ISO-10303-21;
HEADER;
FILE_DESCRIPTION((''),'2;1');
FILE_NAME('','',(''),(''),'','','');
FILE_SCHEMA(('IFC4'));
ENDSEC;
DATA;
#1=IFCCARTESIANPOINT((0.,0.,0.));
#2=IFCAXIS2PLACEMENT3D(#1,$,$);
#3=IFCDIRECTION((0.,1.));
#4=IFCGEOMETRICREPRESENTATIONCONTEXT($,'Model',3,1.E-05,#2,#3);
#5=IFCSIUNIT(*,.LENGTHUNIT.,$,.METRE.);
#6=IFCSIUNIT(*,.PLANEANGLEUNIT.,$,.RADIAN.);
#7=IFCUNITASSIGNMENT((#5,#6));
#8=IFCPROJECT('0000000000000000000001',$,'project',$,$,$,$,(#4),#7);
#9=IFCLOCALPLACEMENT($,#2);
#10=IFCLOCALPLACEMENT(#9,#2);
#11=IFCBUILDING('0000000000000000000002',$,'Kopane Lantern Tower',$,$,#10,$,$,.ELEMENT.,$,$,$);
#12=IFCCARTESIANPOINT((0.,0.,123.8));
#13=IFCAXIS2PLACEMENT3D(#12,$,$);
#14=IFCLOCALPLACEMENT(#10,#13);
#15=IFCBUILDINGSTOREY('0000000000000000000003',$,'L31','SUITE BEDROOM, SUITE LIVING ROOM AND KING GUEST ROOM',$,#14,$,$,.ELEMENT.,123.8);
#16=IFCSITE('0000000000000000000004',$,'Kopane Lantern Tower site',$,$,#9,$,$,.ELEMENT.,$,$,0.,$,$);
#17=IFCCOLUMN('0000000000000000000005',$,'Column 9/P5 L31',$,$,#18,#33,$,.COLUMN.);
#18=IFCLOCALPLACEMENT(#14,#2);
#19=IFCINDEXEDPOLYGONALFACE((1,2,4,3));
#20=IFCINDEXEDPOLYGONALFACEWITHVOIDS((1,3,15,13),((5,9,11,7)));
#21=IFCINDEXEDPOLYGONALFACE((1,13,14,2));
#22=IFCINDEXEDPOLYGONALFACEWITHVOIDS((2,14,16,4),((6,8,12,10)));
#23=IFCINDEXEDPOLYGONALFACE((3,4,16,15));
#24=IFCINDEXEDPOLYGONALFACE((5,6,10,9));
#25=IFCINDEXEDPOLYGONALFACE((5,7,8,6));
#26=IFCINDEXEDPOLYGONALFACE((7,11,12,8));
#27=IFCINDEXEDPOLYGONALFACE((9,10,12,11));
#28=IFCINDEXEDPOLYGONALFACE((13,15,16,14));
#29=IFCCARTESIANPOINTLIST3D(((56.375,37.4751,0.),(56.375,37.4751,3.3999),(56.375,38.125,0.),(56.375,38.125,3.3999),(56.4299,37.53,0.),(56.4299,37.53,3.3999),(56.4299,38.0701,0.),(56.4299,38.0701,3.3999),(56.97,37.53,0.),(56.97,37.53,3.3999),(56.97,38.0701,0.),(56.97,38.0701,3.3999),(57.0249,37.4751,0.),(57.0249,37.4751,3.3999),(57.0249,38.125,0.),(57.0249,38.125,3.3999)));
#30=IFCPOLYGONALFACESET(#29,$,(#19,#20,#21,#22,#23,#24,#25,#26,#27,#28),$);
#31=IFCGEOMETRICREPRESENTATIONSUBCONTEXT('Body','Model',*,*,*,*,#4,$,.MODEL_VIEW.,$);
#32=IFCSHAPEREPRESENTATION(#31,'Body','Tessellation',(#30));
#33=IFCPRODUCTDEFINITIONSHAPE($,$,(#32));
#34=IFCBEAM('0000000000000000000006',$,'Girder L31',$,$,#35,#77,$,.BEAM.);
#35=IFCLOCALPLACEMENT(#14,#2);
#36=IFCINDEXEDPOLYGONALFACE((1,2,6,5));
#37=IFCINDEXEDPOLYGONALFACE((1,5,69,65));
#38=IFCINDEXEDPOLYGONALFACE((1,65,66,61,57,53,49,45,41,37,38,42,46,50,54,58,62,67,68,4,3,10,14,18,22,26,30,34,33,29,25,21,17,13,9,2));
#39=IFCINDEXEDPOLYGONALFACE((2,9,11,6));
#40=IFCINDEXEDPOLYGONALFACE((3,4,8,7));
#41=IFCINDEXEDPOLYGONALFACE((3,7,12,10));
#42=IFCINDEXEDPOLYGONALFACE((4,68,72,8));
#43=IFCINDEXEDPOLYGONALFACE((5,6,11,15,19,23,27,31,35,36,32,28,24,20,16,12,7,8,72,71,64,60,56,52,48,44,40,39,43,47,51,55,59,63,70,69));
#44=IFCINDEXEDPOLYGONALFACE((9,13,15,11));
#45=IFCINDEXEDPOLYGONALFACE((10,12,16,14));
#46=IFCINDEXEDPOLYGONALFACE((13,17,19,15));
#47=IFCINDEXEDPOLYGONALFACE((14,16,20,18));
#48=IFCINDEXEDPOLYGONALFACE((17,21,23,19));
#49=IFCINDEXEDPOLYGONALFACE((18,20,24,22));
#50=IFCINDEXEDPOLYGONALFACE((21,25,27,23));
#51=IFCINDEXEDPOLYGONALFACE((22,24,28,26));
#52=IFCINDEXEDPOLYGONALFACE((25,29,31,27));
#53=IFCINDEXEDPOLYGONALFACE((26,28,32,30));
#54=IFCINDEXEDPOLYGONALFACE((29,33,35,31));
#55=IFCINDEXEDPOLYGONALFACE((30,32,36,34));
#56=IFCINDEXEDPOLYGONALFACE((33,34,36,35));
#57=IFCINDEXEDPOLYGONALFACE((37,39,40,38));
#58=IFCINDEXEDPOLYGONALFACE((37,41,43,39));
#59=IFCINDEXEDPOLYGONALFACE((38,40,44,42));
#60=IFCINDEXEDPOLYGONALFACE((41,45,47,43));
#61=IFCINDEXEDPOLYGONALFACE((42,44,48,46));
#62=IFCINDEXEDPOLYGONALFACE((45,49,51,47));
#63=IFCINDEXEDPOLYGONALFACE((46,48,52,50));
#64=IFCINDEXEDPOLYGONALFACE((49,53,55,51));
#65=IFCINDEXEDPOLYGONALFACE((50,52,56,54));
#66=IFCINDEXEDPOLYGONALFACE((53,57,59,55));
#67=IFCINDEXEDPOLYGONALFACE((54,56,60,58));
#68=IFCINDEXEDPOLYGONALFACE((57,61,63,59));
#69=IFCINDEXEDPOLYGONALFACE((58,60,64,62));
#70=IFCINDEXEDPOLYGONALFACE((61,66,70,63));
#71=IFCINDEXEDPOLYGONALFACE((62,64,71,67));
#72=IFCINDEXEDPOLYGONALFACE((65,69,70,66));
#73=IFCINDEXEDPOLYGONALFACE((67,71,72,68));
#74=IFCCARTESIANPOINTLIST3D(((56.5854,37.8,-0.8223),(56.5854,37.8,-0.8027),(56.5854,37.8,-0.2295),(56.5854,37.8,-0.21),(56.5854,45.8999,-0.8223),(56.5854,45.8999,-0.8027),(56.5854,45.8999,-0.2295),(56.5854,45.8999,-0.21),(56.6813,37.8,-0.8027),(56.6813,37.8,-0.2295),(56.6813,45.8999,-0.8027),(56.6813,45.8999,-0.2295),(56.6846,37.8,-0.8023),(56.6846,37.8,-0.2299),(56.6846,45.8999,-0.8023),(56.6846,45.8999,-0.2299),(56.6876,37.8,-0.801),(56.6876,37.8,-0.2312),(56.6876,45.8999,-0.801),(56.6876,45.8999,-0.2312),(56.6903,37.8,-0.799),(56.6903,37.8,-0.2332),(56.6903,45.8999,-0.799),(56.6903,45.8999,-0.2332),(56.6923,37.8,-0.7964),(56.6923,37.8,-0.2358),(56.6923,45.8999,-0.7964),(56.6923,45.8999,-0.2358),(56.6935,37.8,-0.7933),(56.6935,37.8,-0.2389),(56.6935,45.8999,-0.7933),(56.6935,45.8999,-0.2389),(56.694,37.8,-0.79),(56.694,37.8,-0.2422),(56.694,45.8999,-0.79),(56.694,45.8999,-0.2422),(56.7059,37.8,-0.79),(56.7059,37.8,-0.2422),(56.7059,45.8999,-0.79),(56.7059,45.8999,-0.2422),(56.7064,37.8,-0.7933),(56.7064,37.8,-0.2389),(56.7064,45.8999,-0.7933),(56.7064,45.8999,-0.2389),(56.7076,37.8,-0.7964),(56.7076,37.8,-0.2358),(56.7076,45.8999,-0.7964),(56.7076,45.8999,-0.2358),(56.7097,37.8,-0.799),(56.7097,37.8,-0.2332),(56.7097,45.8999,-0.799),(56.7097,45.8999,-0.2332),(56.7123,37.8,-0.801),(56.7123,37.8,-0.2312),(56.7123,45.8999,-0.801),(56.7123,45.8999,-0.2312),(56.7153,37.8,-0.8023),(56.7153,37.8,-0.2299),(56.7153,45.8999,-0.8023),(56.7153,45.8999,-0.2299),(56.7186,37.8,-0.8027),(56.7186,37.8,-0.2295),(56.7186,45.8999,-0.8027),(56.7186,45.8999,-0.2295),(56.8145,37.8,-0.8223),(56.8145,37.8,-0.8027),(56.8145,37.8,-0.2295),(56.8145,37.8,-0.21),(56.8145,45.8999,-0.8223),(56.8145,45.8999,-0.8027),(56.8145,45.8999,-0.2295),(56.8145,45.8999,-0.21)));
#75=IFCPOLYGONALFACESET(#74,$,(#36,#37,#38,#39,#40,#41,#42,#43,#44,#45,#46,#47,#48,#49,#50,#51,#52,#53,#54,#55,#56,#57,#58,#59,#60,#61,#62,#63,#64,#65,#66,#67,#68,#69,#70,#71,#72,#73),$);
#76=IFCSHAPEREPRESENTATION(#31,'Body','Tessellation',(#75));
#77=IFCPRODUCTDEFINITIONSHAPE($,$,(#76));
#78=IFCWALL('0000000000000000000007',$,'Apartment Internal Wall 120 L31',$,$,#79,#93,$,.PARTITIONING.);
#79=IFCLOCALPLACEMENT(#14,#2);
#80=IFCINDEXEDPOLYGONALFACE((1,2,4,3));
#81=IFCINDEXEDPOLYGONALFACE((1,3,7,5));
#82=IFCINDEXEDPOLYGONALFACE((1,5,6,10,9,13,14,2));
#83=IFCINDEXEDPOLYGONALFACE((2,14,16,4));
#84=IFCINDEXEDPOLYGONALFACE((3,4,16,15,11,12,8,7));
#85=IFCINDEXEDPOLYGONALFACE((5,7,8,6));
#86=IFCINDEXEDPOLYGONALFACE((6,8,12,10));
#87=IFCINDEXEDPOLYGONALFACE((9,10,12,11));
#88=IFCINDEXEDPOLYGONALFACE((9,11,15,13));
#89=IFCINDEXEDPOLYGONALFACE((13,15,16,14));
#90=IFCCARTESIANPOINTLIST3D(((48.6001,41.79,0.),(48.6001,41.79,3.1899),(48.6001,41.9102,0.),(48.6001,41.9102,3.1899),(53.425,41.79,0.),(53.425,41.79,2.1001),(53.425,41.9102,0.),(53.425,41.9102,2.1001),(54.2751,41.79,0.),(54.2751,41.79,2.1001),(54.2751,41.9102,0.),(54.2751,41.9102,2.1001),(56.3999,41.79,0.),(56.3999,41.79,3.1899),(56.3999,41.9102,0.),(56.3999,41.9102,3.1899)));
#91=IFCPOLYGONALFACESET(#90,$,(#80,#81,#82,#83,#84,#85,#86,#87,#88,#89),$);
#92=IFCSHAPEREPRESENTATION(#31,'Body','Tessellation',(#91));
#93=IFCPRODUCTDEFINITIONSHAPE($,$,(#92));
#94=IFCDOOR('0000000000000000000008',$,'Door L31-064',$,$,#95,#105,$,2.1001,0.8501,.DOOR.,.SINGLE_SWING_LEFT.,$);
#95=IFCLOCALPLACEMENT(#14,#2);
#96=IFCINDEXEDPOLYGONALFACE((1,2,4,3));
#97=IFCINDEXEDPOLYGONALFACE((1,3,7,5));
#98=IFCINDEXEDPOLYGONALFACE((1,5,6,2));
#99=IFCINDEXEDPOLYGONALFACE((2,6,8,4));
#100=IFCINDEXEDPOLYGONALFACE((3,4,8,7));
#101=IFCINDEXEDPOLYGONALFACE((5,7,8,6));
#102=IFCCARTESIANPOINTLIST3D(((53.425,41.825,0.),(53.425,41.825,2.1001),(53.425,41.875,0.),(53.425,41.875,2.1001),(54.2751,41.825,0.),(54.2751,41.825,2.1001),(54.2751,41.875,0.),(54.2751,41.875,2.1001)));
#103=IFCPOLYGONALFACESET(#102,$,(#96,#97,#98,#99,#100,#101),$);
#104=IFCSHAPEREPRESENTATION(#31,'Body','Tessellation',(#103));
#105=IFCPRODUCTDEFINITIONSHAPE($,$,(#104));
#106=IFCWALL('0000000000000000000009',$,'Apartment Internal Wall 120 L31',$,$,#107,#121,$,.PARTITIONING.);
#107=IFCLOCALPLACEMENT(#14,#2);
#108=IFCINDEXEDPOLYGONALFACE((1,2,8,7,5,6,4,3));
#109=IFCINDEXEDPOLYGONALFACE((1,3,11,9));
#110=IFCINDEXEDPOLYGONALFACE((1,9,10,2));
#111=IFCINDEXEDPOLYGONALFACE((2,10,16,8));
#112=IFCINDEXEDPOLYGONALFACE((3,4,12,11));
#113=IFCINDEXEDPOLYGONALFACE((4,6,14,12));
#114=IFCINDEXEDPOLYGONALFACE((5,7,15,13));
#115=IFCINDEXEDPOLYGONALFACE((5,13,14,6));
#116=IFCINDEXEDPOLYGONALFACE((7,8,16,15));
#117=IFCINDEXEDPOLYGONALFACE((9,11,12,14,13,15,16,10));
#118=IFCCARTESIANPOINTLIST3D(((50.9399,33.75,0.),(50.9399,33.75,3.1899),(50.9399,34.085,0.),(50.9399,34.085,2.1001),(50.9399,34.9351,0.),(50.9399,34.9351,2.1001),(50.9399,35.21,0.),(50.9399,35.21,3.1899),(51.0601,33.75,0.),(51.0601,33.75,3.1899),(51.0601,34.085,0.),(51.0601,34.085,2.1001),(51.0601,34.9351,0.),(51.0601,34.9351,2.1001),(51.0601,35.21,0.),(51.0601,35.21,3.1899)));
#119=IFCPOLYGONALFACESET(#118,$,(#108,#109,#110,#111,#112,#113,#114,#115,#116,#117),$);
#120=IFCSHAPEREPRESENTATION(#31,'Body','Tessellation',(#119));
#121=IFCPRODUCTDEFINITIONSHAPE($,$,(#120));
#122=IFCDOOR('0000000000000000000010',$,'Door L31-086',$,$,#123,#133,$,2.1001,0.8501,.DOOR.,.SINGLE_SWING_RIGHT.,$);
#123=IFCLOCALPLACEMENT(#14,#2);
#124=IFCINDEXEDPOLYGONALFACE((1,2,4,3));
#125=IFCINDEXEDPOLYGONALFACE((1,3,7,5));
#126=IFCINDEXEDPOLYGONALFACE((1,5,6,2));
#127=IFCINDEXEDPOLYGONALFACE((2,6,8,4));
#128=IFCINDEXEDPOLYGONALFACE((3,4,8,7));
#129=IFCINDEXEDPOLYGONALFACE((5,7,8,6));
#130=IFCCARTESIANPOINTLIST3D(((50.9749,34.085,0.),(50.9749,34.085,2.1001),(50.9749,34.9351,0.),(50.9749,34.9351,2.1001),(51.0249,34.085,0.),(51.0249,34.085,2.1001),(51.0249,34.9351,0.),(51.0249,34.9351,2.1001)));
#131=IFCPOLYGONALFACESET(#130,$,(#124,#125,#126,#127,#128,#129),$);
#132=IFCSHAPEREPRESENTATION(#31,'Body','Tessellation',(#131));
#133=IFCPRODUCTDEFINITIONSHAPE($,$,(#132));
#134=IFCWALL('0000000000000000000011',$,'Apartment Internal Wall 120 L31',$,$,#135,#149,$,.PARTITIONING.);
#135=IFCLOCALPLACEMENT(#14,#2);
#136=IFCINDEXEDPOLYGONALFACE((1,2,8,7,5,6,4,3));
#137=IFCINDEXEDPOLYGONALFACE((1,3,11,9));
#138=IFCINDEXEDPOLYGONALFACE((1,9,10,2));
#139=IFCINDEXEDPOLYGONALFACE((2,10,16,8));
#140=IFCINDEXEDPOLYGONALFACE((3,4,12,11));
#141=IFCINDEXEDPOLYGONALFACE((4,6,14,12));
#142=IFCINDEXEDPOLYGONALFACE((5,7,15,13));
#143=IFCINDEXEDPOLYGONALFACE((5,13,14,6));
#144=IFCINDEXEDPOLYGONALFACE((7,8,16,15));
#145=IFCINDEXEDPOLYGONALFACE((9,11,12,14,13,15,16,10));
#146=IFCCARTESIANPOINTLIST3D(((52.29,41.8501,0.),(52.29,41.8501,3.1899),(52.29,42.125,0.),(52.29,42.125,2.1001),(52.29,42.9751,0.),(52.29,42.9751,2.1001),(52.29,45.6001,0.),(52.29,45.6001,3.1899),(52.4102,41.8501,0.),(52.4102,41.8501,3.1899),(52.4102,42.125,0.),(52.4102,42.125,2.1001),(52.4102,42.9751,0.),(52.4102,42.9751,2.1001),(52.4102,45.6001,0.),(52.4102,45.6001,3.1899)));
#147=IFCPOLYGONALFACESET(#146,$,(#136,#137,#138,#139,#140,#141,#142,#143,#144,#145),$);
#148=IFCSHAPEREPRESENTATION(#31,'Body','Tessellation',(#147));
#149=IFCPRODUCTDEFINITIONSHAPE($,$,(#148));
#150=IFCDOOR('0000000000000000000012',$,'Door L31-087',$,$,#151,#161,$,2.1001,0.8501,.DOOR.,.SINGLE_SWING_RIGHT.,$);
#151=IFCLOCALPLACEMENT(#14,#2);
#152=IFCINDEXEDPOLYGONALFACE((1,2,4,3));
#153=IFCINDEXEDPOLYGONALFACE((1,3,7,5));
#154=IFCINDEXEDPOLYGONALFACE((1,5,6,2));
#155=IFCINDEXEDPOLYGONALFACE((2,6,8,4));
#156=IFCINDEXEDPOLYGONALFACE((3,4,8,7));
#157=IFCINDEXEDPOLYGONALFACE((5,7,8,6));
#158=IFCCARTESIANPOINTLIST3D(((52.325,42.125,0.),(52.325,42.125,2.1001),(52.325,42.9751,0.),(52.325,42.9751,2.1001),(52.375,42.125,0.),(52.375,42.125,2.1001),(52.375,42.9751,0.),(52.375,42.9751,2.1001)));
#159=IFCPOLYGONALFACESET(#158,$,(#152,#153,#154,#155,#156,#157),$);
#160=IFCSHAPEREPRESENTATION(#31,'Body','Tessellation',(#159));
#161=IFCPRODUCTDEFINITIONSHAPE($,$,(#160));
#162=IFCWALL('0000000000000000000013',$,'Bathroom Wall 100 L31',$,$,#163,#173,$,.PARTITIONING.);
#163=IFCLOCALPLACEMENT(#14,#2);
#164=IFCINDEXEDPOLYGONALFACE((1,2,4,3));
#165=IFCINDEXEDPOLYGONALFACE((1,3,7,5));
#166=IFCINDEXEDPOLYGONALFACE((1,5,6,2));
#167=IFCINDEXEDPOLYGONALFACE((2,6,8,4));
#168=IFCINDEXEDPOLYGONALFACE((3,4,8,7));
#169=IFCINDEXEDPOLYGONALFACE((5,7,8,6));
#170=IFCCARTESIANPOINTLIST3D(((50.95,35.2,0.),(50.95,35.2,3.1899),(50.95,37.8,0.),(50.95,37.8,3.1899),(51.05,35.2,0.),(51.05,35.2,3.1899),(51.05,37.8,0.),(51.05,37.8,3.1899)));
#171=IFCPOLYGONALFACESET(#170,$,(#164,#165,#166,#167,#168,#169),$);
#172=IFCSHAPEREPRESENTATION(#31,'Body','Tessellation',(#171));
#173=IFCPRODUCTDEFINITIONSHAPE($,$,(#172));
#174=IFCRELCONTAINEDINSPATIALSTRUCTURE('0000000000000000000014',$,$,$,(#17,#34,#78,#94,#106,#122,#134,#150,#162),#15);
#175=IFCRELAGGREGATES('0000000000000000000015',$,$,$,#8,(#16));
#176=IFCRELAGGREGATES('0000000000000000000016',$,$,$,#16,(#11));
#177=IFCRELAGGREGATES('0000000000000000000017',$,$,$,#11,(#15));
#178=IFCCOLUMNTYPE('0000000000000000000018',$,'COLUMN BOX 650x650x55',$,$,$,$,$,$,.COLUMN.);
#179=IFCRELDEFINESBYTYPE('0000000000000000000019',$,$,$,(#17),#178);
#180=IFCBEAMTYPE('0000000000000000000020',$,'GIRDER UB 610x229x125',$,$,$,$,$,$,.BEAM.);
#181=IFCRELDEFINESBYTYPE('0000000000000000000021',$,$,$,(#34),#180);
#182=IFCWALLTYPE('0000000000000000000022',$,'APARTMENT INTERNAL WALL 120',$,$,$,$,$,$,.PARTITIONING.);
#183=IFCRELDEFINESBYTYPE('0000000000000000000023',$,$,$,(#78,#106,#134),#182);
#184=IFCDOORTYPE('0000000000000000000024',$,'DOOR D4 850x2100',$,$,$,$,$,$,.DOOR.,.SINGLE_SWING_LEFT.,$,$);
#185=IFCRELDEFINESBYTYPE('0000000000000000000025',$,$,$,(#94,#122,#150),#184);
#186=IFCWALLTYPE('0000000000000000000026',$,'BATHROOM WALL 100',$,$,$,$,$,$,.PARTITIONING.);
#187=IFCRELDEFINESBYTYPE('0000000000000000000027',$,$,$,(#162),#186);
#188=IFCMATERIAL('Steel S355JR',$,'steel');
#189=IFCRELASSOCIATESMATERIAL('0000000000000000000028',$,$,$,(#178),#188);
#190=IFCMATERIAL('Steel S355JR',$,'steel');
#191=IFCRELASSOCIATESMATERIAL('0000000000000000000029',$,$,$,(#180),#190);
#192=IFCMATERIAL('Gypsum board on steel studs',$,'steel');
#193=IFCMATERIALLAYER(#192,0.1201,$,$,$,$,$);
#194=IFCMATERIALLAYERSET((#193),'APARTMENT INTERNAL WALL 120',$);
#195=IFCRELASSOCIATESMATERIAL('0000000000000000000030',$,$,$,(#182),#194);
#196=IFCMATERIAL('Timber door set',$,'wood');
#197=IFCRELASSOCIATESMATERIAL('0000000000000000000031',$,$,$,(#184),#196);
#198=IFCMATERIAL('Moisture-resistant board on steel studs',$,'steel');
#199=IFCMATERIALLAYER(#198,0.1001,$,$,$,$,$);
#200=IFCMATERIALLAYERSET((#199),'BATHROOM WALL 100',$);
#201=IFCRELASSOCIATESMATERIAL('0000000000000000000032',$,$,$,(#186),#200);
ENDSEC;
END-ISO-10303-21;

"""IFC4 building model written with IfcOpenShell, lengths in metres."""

from ifc_helpers import new_model, si_unit, direction, frame, frame_2d, origin, origin_2d, place, context, subcontext, project, spatial, rectangle, hollow_rectangle, i_section, extrude, material, layer, layer_set, material_profile, profile_set, type_object, element, fill, save


model = new_model("IFC4")

# Units and contexts
model_context = context("Model", 3, precision=1e-05, world=origin(), true_north=direction((0.0, 1.0)))
body_context = subcontext(model_context, "Body", "Model", "MODEL_VIEW")
ifc_project = project(units=[si_unit("LENGTHUNIT", "METRE"), si_unit("PLANEANGLEUNIT", "RADIAN")], contexts=[model_context])

# Site, building, storey
site_placement = place(None, origin())
site = spatial("IfcSite", under=ifc_project, at=site_placement, Name="Kopane Lantern Tower site", CompositionType="ELEMENT", RefElevation=0.0)
building_placement = place(site_placement, origin())
building = spatial("IfcBuilding", under=site, at=building_placement, Name="Kopane Lantern Tower", CompositionType="ELEMENT")
storey_placement = place(building_placement, frame((0.0, 0.0, 123.8)))
storey = spatial("IfcBuildingStorey", under=building, at=storey_placement, Name="L31", Description="SUITE BEDROOM, SUITE LIVING ROOM AND KING GUEST ROOM", CompositionType="ELEMENT", Elevation=123.8)

# Column
ifc_material_1 = material(Name="Steel S355JR", Category="steel")
ifc_material_profile_1 = material_profile(ifc_material_1, hollow_rectangle(XDim=0.6499, YDim=0.6499, WallThickness=0.0549, at=origin_2d()), Name="BOX 650x650x55")
ifc_profile_set_1 = profile_set([ifc_material_profile_1], Name="Steel S355JR")
column_type = type_object("IfcColumnType", Name="COLUMN BOX 650x650x55", PredefinedType="COLUMN", material=ifc_profile_set_1)
column_placement = place(storey_placement, frame((56.7, 37.8, 0.0), z_axis=(0.0, 0.0, 1.0), x_axis=(1.0, 0.0, 0.0)))
element("IfcColumn", 1, at=column_placement, inside=storey, type_object=column_type, Name="Column 9/P5 L31", PredefinedType="COLUMN", context=body_context, shape_type="SweptSolid", body=[
    extrude(hollow_rectangle(XDim=0.6499, YDim=0.6499, WallThickness=0.0549, at=origin_2d()), origin(), (0.0, 0.0, 1.0), 3.3999),
])

# Beam
ifc_material_2 = material(Name="Steel S355JR", Category="steel")
ifc_material_profile_2 = material_profile(ifc_material_2, i_section(OverallWidth=0.229, OverallDepth=0.6123, WebThickness=0.012, FlangeThickness=0.0195, FilletRadius=0.0127, at=origin_2d()), Name="UB 610x229x125")
ifc_profile_set_2 = profile_set([ifc_material_profile_2], Name="Steel S355JR")
beam_type = type_object("IfcBeamType", Name="GIRDER UB 610x229x125", PredefinedType="BEAM", material=ifc_profile_set_2)
beam_placement = place(storey_placement, frame((56.7, 37.8, -0.5161), z_axis=(0.0, 1.0, 0.0), x_axis=(-1.0, 0.0, 0.0)))
element("IfcBeam", 2, at=beam_placement, inside=storey, type_object=beam_type, Name="Girder L31", PredefinedType="BEAM", context=body_context, shape_type="SweptSolid", body=[
    extrude(i_section(OverallWidth=0.229, OverallDepth=0.6123, WebThickness=0.012, FlangeThickness=0.0195, FilletRadius=0.0127, at=origin_2d()), origin(), (0.0, 0.0, 1.0), 8.0999),
])

# Walls, openings, doors
ifc_material_3 = material(Name="Gypsum board on steel studs", Category="steel")
ifc_layer_1 = layer(ifc_material_3, 0.1201)
ifc_layer_set_1 = layer_set([ifc_layer_1], Name="APARTMENT INTERNAL WALL 120")
wall_type_1 = type_object("IfcWallType", Name="APARTMENT INTERNAL WALL 120", PredefinedType="PARTITIONING", material=ifc_layer_set_1)
wall_1_placement = place(storey_placement, frame((48.6001, 41.8501, 0.0), z_axis=(0.0, 0.0, 1.0), x_axis=(1.0, 0.0, 0.0)))
wall_1 = element("IfcWall", 3, at=wall_1_placement, inside=storey, type_object=wall_type_1, Name="Apartment Internal Wall 120 L31", PredefinedType="PARTITIONING", context=body_context, shape_type="SweptSolid", body=[
    extrude(rectangle(XDim=7.7998, YDim=0.1201, at=frame_2d((3.8999, 0.0))), origin(), (0.0, 0.0, 1.0), 3.1899),
])
opening_1_placement = place(wall_1_placement, frame((4.825, 0.0, 0.0)))
opening_1 = element("IfcOpeningElement", 4, at=opening_1_placement, cuts=wall_1, PredefinedType="OPENING", context=body_context, shape_type="SweptSolid", body=[
    extrude(rectangle(XDim=0.8501, YDim=2.1001, at=frame_2d((0.425, 1.05))), frame((0.0, 0.0701, 0.0), z_axis=(0.0, -1.0, 0.0), x_axis=(1.0, 0.0, 0.0)), (0.0, 0.0, 1.0), 0.1401),
])
ifc_material_4 = material(Name="Timber door set", Category="wood")
door_type_1 = type_object("IfcDoorType", Name="DOOR D4 850x2100", OperationType="SINGLE_SWING_LEFT", PredefinedType="DOOR", material=ifc_material_4)
door_1_placement = place(opening_1_placement, origin())
door_1 = element("IfcDoor", 5, at=door_1_placement, inside=storey, type_object=door_type_1, Name="Door L31-064", OperationType="SINGLE_SWING_LEFT", OverallHeight=2.1001, OverallWidth=0.8501, PredefinedType="DOOR", context=body_context, shape_type="SweptSolid", body=[
    extrude(rectangle(XDim=0.8501, YDim=2.1001, at=frame_2d((0.425, 1.05))), frame((0.0, 0.0249, 0.0), z_axis=(0.0, -1.0, 0.0), x_axis=(1.0, 0.0, 0.0)), (0.0, 0.0, 1.0), 0.05),
])
fill(opening_1, door_1)
wall_2_placement = place(storey_placement, frame((51.0, 35.21, 0.0), z_axis=(0.0, 0.0, 1.0), x_axis=(0.0, -1.0, 0.0)))
wall_2 = element("IfcWall", 6, at=wall_2_placement, inside=storey, type_object=wall_type_1, Name="Apartment Internal Wall 120 L31", PredefinedType="PARTITIONING", context=body_context, shape_type="SweptSolid", body=[
    extrude(rectangle(XDim=1.46, YDim=0.1201, at=frame_2d((0.73, 0.0))), origin(), (0.0, 0.0, 1.0), 3.1899),
])
opening_2_placement = place(wall_2_placement, frame((0.2749, 0.0, 0.0)))
opening_2 = element("IfcOpeningElement", 7, at=opening_2_placement, cuts=wall_2, PredefinedType="OPENING", context=body_context, shape_type="SweptSolid", body=[
    extrude(rectangle(XDim=0.8501, YDim=2.1001, at=frame_2d((0.425, 1.05))), frame((0.0, 0.0701, 0.0), z_axis=(0.0, -1.0, 0.0), x_axis=(1.0, 0.0, 0.0)), (0.0, 0.0, 1.0), 0.1401),
])
door_2_placement = place(opening_2_placement, origin())
door_2 = element("IfcDoor", 8, at=door_2_placement, inside=storey, type_object=door_type_1, Name="Door L31-086", OperationType="SINGLE_SWING_RIGHT", OverallHeight=2.1001, OverallWidth=0.8501, PredefinedType="DOOR", context=body_context, shape_type="SweptSolid", body=[
    extrude(rectangle(XDim=0.8501, YDim=2.1001, at=frame_2d((0.425, 1.05))), frame((0.0, 0.0249, 0.0), z_axis=(0.0, -1.0, 0.0), x_axis=(1.0, 0.0, 0.0)), (0.0, 0.0, 1.0), 0.05),
])
fill(opening_2, door_2)
wall_3_placement = place(storey_placement, frame((52.3501, 45.6001, 0.0), z_axis=(0.0, 0.0, 1.0), x_axis=(0.0, -1.0, 0.0)))
wall_3 = element("IfcWall", 9, at=wall_3_placement, inside=storey, type_object=wall_type_1, Name="Apartment Internal Wall 120 L31", PredefinedType="PARTITIONING", context=body_context, shape_type="SweptSolid", body=[
    extrude(rectangle(XDim=3.75, YDim=0.1201, at=frame_2d((1.875, 0.0))), origin(), (0.0, 0.0, 1.0), 3.1899),
])
opening_3_placement = place(wall_3_placement, frame((2.625, 0.0, 0.0)))
opening_3 = element("IfcOpeningElement", 10, at=opening_3_placement, cuts=wall_3, PredefinedType="OPENING", context=body_context, shape_type="SweptSolid", body=[
    extrude(rectangle(XDim=0.8501, YDim=2.1001, at=frame_2d((0.425, 1.05))), frame((0.0, 0.0701, 0.0), z_axis=(0.0, -1.0, 0.0), x_axis=(1.0, 0.0, 0.0)), (0.0, 0.0, 1.0), 0.1401),
])
door_3_placement = place(opening_3_placement, origin())
door_3 = element("IfcDoor", 11, at=door_3_placement, inside=storey, type_object=door_type_1, Name="Door L31-087", OperationType="SINGLE_SWING_RIGHT", OverallHeight=2.1001, OverallWidth=0.8501, PredefinedType="DOOR", context=body_context, shape_type="SweptSolid", body=[
    extrude(rectangle(XDim=0.8501, YDim=2.1001, at=frame_2d((0.425, 1.05))), frame((0.0, 0.0249, 0.0), z_axis=(0.0, -1.0, 0.0), x_axis=(1.0, 0.0, 0.0)), (0.0, 0.0, 1.0), 0.05),
])
fill(opening_3, door_3)

# Wall
ifc_material_5 = material(Name="Moisture-resistant board on steel studs", Category="steel")
ifc_layer_2 = layer(ifc_material_5, 0.1001)
ifc_layer_set_2 = layer_set([ifc_layer_2], Name="BATHROOM WALL 100")
wall_type_2 = type_object("IfcWallType", Name="BATHROOM WALL 100", PredefinedType="PARTITIONING", material=ifc_layer_set_2)
wall_4_placement = place(storey_placement, frame((51.0, 35.2, 0.0), z_axis=(0.0, 0.0, 1.0), x_axis=(0.0, 1.0, 0.0)))
element("IfcWall", 12, at=wall_4_placement, inside=storey, type_object=wall_type_2, Name="Bathroom Wall 100 L31", PredefinedType="PARTITIONING", context=body_context, shape_type="SweptSolid", body=[
    extrude(rectangle(XDim=2.6001, YDim=0.1001, at=frame_2d((1.3, 0.0))), origin(), (0.0, 0.0, 1.0), 3.1899),
])

save(model, "model.ifc")
